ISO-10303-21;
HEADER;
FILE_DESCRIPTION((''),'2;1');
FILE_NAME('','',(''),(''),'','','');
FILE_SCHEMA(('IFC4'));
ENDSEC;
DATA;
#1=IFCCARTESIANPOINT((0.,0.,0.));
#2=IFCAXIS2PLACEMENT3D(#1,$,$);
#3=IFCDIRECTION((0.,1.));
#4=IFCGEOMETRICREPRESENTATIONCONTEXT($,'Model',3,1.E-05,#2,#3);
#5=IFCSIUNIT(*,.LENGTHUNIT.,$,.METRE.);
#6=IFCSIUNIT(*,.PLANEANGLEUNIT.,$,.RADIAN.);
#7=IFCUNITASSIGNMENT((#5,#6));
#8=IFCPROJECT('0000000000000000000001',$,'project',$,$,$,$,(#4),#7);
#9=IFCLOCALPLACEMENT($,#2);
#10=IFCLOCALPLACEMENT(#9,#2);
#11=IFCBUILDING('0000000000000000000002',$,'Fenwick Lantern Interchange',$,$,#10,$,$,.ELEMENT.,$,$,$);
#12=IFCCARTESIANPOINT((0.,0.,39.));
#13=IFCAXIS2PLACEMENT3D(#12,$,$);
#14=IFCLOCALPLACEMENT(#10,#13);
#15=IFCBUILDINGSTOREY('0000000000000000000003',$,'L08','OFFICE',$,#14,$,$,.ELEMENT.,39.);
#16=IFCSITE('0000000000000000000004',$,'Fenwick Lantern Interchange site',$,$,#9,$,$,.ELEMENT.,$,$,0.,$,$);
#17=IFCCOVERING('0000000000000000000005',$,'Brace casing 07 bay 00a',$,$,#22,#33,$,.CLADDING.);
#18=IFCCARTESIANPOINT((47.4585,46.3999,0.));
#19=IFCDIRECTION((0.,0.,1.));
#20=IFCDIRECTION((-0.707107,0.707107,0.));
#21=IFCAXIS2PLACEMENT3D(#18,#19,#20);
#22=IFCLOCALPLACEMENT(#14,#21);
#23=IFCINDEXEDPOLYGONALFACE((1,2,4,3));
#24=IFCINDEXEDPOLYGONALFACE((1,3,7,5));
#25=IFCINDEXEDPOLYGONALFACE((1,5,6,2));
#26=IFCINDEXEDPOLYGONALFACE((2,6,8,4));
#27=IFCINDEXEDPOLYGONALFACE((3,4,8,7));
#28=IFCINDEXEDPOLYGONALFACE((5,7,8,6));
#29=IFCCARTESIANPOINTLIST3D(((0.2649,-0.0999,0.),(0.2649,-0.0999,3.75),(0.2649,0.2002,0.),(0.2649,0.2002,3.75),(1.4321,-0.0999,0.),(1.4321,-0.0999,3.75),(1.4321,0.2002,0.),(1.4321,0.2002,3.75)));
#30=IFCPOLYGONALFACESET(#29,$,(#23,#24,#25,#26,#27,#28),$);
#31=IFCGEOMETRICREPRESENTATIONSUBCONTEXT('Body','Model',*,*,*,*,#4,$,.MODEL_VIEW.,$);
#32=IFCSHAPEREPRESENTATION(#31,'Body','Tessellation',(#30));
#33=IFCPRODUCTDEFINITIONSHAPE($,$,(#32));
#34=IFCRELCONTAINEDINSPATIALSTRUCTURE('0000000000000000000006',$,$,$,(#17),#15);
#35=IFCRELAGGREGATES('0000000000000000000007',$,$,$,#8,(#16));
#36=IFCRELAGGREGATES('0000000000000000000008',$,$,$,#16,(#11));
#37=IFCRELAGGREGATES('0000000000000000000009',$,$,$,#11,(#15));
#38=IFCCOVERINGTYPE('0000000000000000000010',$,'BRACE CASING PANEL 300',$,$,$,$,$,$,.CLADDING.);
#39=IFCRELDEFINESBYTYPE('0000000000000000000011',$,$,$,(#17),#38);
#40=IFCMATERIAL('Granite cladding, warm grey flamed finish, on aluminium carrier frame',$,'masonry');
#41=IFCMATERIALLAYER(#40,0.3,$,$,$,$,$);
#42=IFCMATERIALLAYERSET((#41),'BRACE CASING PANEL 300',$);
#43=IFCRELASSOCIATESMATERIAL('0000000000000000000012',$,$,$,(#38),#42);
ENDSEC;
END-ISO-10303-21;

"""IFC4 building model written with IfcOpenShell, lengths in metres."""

from ifc_helpers import new_model, si_unit, direction, frame, origin, place, context, subcontext, project, spatial, polyline, outline, extrude, material, layer, layer_set, type_object, element, save


model = new_model("IFC4")

# Units and contexts
model_context = context("Model", 3, precision=1e-05, world=origin(), true_north=direction((0.0, 1.0)))
body_context = subcontext(model_context, "Body", "Model", "MODEL_VIEW")
ifc_project = project(units=[si_unit("LENGTHUNIT", "METRE"), si_unit("PLANEANGLEUNIT", "RADIAN")], contexts=[model_context])

# Site, building, storey
site_placement = place(None, origin())
site = spatial("IfcSite", under=ifc_project, at=site_placement, Name="Fenwick Lantern Interchange site", CompositionType="ELEMENT", RefElevation=0.0)
building_placement = place(site_placement, origin())
building = spatial("IfcBuilding", under=site, at=building_placement, Name="Fenwick Lantern Interchange", CompositionType="ELEMENT")
storey_placement = place(building_placement, frame((0.0, 0.0, 39.0)))
storey = spatial("IfcBuildingStorey", under=building, at=storey_placement, Name="L08", Description="OFFICE", CompositionType="ELEMENT", Elevation=39.0)

# Covering
ifc_material_1 = material(Name="Granite cladding, warm grey flamed finish, on aluminium carrier frame", Category="masonry")
ifc_layer_1 = layer(ifc_material_1, 0.3)
ifc_layer_set_1 = layer_set([ifc_layer_1], Name="BRACE CASING PANEL 300")
covering_type = type_object("IfcCoveringType", Name="BRACE CASING PANEL 300", PredefinedType="CLADDING", material=ifc_layer_set_1)
covering_placement = place(storey_placement, frame((47.4585, 46.3999, 0.0), z_axis=(0.0, 0.0, 1.0), x_axis=(-0.707107, 0.707107, 0.0)))
element("IfcCovering", 1, at=covering_placement, inside=storey, type_object=covering_type, Name="Brace casing 07 bay 00a", PredefinedType="CLADDING", context=body_context, shape_type="SweptSolid", body=[
    extrude(outline(polyline([(0.2649, 0.0), (1.4321, 0.0), (1.4321, 3.75), (0.2649, 3.75), (0.2649, 0.0)])), frame((0.0, 0.2002, 0.0), z_axis=(0.0, -1.0, 0.0), x_axis=(1.0, 0.0, 0.0)), (0.0, 0.0, 1.0), 0.3),
])

save(model, "model.ifc")
